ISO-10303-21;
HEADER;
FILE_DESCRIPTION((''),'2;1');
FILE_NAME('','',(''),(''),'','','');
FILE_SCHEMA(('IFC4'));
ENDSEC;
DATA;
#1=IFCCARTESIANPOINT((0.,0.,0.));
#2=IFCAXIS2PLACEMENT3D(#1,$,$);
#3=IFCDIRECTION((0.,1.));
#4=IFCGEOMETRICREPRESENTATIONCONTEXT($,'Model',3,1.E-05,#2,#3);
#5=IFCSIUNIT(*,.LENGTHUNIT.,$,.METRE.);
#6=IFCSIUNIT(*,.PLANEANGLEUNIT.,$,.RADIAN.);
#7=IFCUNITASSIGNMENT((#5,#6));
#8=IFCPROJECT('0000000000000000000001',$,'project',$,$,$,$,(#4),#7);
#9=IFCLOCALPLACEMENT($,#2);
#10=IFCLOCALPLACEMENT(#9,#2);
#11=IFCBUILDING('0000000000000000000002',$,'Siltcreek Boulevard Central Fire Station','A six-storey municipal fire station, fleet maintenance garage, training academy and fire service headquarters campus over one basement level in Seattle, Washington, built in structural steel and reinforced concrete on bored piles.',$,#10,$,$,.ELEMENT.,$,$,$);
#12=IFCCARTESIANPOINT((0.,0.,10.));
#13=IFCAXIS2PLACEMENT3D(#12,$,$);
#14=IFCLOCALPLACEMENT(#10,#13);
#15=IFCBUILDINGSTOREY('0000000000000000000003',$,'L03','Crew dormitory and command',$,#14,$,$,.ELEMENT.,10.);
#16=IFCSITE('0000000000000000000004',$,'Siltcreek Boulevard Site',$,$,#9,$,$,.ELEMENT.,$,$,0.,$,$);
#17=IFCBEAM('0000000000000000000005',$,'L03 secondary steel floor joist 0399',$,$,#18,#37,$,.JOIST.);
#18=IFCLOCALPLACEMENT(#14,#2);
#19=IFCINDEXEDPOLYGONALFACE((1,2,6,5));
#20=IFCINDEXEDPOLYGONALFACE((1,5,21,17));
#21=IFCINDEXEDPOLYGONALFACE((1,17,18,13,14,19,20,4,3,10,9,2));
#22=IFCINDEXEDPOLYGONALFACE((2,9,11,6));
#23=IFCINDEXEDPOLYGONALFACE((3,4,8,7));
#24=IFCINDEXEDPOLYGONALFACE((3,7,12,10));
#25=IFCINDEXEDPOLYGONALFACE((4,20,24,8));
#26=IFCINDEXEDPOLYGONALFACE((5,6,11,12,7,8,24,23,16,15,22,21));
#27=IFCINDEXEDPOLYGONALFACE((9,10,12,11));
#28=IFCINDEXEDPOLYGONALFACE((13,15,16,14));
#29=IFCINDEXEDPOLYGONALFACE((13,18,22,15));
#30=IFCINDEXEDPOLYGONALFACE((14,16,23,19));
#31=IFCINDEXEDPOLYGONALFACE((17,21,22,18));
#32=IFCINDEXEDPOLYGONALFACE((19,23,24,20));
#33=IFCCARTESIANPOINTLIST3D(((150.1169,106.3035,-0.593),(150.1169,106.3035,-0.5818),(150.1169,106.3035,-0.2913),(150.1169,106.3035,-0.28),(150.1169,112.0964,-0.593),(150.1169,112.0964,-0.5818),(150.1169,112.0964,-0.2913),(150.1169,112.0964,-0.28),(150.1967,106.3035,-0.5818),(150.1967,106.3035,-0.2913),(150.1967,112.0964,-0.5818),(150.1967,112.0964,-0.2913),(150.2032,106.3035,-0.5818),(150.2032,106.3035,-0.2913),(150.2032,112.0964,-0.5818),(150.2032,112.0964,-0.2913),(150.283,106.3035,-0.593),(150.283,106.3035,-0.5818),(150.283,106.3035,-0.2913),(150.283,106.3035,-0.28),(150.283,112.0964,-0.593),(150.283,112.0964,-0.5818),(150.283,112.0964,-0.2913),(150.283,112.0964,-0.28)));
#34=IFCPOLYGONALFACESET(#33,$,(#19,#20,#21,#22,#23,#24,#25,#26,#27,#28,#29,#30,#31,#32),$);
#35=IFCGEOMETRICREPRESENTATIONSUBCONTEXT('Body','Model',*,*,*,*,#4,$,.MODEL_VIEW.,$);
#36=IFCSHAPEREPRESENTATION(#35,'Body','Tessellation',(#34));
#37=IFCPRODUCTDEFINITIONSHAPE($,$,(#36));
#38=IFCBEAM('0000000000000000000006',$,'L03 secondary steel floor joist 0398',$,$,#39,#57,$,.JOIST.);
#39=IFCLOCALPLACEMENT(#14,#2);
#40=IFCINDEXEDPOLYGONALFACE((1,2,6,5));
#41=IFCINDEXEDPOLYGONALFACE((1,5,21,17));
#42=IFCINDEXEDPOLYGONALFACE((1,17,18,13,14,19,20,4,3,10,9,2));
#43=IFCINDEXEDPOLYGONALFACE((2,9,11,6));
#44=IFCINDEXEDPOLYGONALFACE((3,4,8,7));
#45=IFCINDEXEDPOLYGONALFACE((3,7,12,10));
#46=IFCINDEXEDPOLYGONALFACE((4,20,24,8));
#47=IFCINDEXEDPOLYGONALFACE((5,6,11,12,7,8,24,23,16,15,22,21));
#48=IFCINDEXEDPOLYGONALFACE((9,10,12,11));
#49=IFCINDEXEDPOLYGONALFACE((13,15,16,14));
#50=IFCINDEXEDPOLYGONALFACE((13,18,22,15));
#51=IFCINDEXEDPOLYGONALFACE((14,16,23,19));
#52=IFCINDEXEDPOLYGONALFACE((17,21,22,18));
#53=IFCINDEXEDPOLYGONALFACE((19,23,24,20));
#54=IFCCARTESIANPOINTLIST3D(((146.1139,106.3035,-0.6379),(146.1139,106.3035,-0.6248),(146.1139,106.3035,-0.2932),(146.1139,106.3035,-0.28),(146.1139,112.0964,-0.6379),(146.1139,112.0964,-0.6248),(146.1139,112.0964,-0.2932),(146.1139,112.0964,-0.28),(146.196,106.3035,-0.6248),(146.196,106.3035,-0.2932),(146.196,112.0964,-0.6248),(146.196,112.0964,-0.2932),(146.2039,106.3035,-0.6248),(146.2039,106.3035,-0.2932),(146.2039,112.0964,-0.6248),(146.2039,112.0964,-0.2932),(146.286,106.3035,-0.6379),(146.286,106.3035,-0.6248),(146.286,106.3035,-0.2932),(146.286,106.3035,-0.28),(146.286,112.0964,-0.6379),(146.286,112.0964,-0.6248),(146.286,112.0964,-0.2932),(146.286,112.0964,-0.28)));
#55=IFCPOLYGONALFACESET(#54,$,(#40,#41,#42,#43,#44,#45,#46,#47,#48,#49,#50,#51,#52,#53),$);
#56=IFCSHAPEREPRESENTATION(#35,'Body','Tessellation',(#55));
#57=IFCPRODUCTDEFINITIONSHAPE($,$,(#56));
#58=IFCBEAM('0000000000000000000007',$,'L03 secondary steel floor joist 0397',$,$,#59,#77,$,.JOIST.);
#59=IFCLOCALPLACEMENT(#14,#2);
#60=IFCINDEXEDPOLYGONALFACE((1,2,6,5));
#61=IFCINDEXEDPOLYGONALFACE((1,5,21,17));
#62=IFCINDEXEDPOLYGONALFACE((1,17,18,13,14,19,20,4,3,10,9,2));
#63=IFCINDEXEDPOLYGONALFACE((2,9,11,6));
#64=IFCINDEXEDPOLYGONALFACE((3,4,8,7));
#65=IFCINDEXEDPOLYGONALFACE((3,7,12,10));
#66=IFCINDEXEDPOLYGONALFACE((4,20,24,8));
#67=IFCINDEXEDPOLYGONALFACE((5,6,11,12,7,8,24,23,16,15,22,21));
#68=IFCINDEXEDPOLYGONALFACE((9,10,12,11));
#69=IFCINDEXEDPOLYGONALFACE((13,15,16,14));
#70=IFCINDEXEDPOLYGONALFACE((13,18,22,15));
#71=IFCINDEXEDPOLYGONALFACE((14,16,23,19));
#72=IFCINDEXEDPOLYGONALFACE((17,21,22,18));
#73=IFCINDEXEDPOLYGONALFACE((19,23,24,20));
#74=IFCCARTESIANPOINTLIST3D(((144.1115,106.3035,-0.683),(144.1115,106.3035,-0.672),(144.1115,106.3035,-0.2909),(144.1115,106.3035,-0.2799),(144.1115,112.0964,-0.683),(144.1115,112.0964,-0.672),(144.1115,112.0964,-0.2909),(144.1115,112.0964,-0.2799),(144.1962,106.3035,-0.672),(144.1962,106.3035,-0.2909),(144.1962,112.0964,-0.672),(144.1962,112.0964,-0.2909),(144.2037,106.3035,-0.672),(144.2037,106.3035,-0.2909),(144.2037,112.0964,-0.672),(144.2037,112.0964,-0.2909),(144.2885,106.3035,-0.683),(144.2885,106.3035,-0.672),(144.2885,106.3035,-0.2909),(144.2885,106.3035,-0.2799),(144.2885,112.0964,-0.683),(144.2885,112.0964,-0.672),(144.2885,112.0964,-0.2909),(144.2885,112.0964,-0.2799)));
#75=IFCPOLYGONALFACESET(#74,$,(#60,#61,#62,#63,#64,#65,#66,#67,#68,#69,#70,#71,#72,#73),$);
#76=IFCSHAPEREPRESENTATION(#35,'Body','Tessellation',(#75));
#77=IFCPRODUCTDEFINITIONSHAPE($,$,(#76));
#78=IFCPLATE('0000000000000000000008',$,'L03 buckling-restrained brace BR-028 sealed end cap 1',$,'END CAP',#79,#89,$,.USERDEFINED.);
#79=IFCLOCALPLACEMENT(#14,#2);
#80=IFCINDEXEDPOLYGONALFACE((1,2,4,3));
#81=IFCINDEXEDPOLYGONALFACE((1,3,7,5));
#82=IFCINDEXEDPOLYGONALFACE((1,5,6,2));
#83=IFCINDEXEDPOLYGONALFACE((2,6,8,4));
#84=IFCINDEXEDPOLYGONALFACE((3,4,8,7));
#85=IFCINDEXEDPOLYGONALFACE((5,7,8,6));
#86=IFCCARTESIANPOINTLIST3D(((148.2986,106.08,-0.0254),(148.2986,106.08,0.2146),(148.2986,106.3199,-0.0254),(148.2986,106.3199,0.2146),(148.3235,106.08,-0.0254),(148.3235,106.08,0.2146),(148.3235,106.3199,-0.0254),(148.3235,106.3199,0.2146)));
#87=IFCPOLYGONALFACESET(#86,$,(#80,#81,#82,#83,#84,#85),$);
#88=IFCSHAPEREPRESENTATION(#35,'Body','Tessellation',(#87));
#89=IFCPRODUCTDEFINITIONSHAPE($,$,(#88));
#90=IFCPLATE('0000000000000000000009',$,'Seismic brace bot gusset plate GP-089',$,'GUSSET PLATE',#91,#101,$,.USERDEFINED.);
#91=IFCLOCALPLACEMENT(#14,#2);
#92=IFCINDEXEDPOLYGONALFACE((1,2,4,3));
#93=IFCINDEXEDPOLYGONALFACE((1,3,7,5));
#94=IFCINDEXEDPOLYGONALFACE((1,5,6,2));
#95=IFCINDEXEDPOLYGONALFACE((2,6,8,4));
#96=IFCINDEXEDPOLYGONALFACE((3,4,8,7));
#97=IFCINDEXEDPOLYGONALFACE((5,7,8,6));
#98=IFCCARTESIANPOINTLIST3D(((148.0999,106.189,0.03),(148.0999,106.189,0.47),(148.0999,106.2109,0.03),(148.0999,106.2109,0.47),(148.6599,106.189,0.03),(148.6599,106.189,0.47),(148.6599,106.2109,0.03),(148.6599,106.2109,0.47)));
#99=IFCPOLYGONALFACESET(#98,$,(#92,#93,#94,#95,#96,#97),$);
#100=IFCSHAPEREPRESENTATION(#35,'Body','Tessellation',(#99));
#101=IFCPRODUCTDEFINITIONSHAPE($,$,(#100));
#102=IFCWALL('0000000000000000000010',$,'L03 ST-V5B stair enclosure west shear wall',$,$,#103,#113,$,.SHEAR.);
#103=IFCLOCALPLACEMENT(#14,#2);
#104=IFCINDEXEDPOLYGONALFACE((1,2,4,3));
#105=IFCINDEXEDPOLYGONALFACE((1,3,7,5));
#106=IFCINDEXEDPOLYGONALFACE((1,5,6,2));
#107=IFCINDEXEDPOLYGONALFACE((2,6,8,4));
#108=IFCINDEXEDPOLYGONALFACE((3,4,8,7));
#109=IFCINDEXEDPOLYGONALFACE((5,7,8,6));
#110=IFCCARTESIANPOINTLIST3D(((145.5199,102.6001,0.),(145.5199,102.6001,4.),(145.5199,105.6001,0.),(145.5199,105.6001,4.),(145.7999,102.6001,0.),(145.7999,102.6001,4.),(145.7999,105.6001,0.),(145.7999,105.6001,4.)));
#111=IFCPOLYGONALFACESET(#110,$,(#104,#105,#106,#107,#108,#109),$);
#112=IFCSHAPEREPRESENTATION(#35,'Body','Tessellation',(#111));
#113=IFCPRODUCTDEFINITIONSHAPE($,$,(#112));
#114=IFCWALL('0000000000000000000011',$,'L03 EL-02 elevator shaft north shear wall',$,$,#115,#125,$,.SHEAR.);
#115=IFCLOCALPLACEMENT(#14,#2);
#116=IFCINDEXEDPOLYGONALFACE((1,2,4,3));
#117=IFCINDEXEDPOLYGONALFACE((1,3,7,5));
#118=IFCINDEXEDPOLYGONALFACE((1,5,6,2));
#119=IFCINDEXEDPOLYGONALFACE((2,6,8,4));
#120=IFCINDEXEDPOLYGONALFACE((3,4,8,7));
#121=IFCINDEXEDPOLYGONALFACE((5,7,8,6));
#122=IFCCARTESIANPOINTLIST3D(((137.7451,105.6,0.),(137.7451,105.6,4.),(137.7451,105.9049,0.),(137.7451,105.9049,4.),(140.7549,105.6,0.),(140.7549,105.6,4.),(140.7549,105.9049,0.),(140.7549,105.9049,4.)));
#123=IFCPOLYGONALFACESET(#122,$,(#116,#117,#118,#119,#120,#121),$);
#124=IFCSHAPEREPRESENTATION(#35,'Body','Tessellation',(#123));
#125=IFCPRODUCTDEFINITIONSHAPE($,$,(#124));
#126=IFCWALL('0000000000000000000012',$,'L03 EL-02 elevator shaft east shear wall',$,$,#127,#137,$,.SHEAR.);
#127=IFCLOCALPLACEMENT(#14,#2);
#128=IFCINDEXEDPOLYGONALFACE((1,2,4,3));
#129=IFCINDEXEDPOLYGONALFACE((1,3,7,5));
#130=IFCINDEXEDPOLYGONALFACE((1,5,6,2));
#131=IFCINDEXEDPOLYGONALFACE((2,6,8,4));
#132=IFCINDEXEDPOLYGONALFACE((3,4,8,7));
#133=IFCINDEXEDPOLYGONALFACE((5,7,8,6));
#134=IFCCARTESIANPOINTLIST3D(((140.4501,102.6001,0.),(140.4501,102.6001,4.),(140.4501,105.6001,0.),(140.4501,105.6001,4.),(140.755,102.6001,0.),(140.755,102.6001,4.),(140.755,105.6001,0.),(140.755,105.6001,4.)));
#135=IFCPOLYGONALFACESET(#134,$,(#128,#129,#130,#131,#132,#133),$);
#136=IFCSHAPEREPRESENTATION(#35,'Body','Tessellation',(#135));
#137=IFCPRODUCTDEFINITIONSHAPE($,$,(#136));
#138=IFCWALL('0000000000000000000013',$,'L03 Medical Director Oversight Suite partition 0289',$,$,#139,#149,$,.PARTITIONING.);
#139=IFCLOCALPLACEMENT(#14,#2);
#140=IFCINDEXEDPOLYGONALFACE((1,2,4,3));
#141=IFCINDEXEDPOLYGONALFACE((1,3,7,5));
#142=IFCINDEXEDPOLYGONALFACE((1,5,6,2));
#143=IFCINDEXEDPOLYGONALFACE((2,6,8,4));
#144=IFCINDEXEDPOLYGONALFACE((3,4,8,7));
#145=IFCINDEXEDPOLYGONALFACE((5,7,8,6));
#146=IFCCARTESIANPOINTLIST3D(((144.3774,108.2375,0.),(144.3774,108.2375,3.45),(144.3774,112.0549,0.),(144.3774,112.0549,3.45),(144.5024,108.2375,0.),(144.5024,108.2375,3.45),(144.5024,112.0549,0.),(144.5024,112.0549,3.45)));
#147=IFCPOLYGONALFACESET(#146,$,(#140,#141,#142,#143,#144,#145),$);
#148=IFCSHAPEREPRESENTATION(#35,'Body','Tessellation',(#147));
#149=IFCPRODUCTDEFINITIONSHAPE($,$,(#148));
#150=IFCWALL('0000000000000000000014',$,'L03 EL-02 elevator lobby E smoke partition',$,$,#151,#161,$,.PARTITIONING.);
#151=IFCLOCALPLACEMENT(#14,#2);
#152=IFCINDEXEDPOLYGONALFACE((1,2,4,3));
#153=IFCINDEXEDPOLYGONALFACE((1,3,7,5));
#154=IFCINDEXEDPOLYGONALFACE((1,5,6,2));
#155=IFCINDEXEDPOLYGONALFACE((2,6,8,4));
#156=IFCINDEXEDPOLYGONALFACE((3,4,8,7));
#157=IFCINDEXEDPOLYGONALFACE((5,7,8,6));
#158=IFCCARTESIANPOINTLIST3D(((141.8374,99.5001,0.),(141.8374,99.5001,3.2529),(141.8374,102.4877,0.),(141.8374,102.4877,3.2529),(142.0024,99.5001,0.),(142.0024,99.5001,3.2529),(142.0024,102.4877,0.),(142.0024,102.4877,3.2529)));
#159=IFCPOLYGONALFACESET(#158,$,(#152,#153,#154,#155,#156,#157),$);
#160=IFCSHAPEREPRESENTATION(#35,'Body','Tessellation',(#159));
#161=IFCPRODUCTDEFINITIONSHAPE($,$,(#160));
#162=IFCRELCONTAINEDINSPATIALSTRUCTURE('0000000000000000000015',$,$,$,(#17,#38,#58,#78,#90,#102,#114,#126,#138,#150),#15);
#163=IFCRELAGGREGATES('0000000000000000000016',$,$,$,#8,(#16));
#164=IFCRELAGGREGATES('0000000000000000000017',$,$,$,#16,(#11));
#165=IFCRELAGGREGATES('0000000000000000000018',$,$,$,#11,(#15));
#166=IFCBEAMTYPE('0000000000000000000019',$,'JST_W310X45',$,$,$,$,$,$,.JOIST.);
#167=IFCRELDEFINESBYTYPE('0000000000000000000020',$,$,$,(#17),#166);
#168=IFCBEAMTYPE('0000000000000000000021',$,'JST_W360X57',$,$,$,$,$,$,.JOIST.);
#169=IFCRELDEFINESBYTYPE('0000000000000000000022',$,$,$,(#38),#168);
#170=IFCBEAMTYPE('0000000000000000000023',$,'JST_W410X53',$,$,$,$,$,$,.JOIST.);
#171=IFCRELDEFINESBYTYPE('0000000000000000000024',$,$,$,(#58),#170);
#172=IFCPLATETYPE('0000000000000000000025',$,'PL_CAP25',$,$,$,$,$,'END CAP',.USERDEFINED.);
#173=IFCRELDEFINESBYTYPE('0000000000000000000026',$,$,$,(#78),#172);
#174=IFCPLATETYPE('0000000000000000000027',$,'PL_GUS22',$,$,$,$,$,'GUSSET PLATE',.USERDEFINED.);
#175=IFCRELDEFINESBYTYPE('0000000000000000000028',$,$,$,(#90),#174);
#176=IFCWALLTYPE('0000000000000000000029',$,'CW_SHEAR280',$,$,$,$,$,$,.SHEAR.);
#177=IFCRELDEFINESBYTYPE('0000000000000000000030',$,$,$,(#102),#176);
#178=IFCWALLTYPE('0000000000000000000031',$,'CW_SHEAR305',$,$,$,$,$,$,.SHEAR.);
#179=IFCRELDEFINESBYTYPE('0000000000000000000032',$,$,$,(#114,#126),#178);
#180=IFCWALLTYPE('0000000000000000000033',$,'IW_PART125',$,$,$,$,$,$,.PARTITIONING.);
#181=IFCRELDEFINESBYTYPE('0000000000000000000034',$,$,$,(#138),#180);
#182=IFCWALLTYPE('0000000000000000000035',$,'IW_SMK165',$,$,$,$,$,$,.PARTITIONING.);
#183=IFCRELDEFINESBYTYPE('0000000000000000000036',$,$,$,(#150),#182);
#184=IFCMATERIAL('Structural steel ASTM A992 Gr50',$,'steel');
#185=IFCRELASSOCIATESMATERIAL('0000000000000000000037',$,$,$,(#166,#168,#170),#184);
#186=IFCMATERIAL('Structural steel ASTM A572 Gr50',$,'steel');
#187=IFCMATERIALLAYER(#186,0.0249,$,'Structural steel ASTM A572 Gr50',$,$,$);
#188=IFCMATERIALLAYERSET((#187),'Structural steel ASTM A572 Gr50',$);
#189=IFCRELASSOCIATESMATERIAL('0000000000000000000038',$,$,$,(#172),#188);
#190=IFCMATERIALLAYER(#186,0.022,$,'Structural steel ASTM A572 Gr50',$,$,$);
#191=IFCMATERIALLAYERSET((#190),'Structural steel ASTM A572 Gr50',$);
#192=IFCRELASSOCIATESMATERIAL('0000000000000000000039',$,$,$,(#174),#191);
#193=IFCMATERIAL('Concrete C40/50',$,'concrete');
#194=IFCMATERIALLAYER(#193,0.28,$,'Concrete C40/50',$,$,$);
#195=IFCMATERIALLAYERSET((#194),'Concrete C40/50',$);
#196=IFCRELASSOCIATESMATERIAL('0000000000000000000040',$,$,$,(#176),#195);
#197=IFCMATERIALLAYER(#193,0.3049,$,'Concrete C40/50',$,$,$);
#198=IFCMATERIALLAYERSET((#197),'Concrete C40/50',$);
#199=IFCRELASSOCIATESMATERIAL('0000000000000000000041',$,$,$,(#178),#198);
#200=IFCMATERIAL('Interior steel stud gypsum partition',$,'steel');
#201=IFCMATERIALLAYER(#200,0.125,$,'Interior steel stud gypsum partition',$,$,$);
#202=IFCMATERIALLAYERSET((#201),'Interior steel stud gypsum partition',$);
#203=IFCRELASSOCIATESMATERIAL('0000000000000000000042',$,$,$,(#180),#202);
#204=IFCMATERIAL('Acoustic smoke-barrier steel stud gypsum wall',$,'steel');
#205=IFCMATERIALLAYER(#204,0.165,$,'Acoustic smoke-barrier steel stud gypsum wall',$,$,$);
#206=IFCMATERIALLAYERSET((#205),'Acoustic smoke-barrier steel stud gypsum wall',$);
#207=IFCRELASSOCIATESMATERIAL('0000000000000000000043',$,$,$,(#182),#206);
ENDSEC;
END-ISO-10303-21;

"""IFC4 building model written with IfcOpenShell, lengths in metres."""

from ifc_helpers import new_model, si_unit, direction, frame, frame_2d, origin, origin_2d, place, context, subcontext, project, spatial, rectangle, i_section, extrude, material, layer, layer_set, material_profile, profile_set, type_object, element, save


model = new_model("IFC4")

# Units and contexts
model_context = context("Model", 3, precision=1e-05, world=origin(), true_north=direction((0.0, 1.0)))
body_context = subcontext(model_context, "Body", "Model", "MODEL_VIEW")
ifc_project = project(units=[si_unit("LENGTHUNIT", "METRE"), si_unit("PLANEANGLEUNIT", "RADIAN")], contexts=[model_context])

# Site, building, storey
site_placement = place(None, origin())
site = spatial("IfcSite", under=ifc_project, at=site_placement, Name="Siltcreek Boulevard Site", CompositionType="ELEMENT", RefElevation=0.0)
building_placement = place(site_placement, origin())
building = spatial("IfcBuilding", under=site, at=building_placement, Name="Siltcreek Boulevard Central Fire Station", Description="A six-storey municipal fire station, fleet maintenance garage, training academy and fire service headquarters campus over one basement level in Seattle, Washington, built in structural steel and reinforced concrete on bored piles.", CompositionType="ELEMENT")
storey_placement = place(building_placement, frame((0.0, 0.0, 10.0)))
storey = spatial("IfcBuildingStorey", under=building, at=storey_placement, Name="L03", Description="Crew dormitory and command", CompositionType="ELEMENT", Elevation=10.0)

# Shared definitions
ifc_material_1 = material(Name="Structural steel ASTM A992 Gr50", Category="steel")

# Beams
ifc_material_profile_1 = material_profile(ifc_material_1, i_section(OverallWidth=0.166, OverallDepth=0.313, WebThickness=0.0066, FlangeThickness=0.0112, at=origin_2d()), Name="W310X45")
ifc_profile_set_1 = profile_set([ifc_material_profile_1], Name="Structural steel ASTM A992 Gr50")
beam_type_1 = type_object("IfcBeamType", Name="JST_W310X45", PredefinedType="JOIST", material=ifc_profile_set_1)
beam_1_placement = place(storey_placement, frame((150.2, 106.3035, -0.4365), z_axis=(0.0, 1.0, 0.0), x_axis=(-1.0, 0.0, 0.0)))
element("IfcBeam", 1, at=beam_1_placement, inside=storey, type_object=beam_type_1, Name="L03 secondary steel floor joist 0399", PredefinedType="JOIST", context=body_context, shape_type="SweptSolid", body=[
    extrude(i_section(OverallWidth=0.166, OverallDepth=0.313, WebThickness=0.0066, FlangeThickness=0.0112, at=origin_2d()), origin(), (0.0, 0.0, 1.0), 5.793),
])
ifc_material_profile_2 = material_profile(ifc_material_1, i_section(OverallWidth=0.1721, OverallDepth=0.3579, WebThickness=0.0078, FlangeThickness=0.0132, at=origin_2d()), Name="W360X57")
ifc_profile_set_2 = profile_set([ifc_material_profile_2], Name="Structural steel ASTM A992 Gr50")
beam_type_2 = type_object("IfcBeamType", Name="JST_W360X57", PredefinedType="JOIST", material=ifc_profile_set_2)
beam_2_placement = place(storey_placement, frame((146.2, 106.3035, -0.459), z_axis=(0.0, 1.0, 0.0), x_axis=(-1.0, 0.0, 0.0)))
element("IfcBeam", 2, at=beam_2_placement, inside=storey, type_object=beam_type_2, Name="L03 secondary steel floor joist 0398", PredefinedType="JOIST", context=body_context, shape_type="SweptSolid", body=[
    extrude(i_section(OverallWidth=0.1721, OverallDepth=0.3579, WebThickness=0.0078, FlangeThickness=0.0132, at=origin_2d()), origin(), (0.0, 0.0, 1.0), 5.793),
])
ifc_material_profile_3 = material_profile(ifc_material_1, i_section(OverallWidth=0.177, OverallDepth=0.4031, WebThickness=0.0076, FlangeThickness=0.011, at=origin_2d()), Name="W410X53")
ifc_profile_set_3 = profile_set([ifc_material_profile_3], Name="Structural steel ASTM A992 Gr50")
beam_type_3 = type_object("IfcBeamType", Name="JST_W410X53", PredefinedType="JOIST", material=ifc_profile_set_3)
beam_3_placement = place(storey_placement, frame((144.2, 106.3035, -0.4814), z_axis=(0.0, 1.0, 0.0), x_axis=(-1.0, 0.0, 0.0)))
element("IfcBeam", 3, at=beam_3_placement, inside=storey, type_object=beam_type_3, Name="L03 secondary steel floor joist 0397", PredefinedType="JOIST", context=body_context, shape_type="SweptSolid", body=[
    extrude(i_section(OverallWidth=0.177, OverallDepth=0.4031, WebThickness=0.0076, FlangeThickness=0.011, at=origin_2d()), origin(), (0.0, 0.0, 1.0), 5.793),
])

# Plates
ifc_material_2 = material(Name="Structural steel ASTM A572 Gr50", Category="steel")
ifc_layer_1 = layer(ifc_material_2, 0.0249, Name="Structural steel ASTM A572 Gr50")
ifc_layer_set_1 = layer_set([ifc_layer_1], Name="Structural steel ASTM A572 Gr50")
plate_type_1 = type_object("IfcPlateType", Name="PL_CAP25", ElementType="END CAP", PredefinedType="USERDEFINED", material=ifc_layer_set_1)
plate_1_placement = place(storey_placement, frame((148.311, 106.2, -0.0254), z_axis=(0.0, 0.0, 1.0), x_axis=(1.0, 0.0, 0.0)))
element("IfcPlate", 4, at=plate_1_placement, inside=storey, type_object=plate_type_1, Name="L03 buckling-restrained brace BR-028 sealed end cap 1", ObjectType="END CAP", PredefinedType="USERDEFINED", context=body_context, shape_type="SweptSolid", body=[
    extrude(rectangle(XDim=0.0249, YDim=0.24, at=origin_2d()), origin(), (0.0, 0.0, 1.0), 0.24),
])
ifc_layer_2 = layer(ifc_material_2, 0.022, Name="Structural steel ASTM A572 Gr50")
ifc_layer_set_2 = layer_set([ifc_layer_2], Name="Structural steel ASTM A572 Gr50")
plate_type_2 = type_object("IfcPlateType", Name="PL_GUS22", ElementType="GUSSET PLATE", PredefinedType="USERDEFINED", material=ifc_layer_set_2)
plate_2_placement = place(storey_placement, frame((148.3799, 106.2, 0.03), z_axis=(0.0, 0.0, 1.0), x_axis=(1.0, 0.0, 0.0)))
element("IfcPlate", 5, at=plate_2_placement, inside=storey, type_object=plate_type_2, Name="Seismic brace bot gusset plate GP-089", ObjectType="GUSSET PLATE", PredefinedType="USERDEFINED", context=body_context, shape_type="SweptSolid", body=[
    extrude(rectangle(XDim=0.5601, YDim=0.022, at=origin_2d()), origin(), (0.0, 0.0, 1.0), 0.4399),
])

# Walls
ifc_material_3 = material(Name="Concrete C40/50", Category="concrete")
ifc_layer_3 = layer(ifc_material_3, 0.28, Name="Concrete C40/50")
ifc_layer_set_3 = layer_set([ifc_layer_3], Name="Concrete C40/50")
wall_type_1 = type_object("IfcWallType", Name="CW_SHEAR280", PredefinedType="SHEAR", material=ifc_layer_set_3)
wall_1_placement = place(storey_placement, frame((145.6599, 105.6001, 0.0), z_axis=(0.0, 0.0, 1.0), x_axis=(0.0, -1.0, 0.0)))
element("IfcWall", 6, at=wall_1_placement, inside=storey, type_object=wall_type_1, Name="L03 ST-V5B stair enclosure west shear wall", PredefinedType="SHEAR", context=body_context, shape_type="SweptSolid", body=[
    extrude(rectangle(XDim=3.0, YDim=0.28, at=frame_2d((1.5, 0.0))), origin(), (0.0, 0.0, 1.0), 4.0),
])
ifc_layer_4 = layer(ifc_material_3, 0.3049, Name="Concrete C40/50")
ifc_layer_set_4 = layer_set([ifc_layer_4], Name="Concrete C40/50")
wall_type_2 = type_object("IfcWallType", Name="CW_SHEAR305", PredefinedType="SHEAR", material=ifc_layer_set_4)
wall_2_placement = place(storey_placement, frame((140.7549, 105.7524, 0.0), z_axis=(0.0, 0.0, 1.0), x_axis=(-1.0, 0.0, 0.0)))
element("IfcWall", 7, at=wall_2_placement, inside=storey, type_object=wall_type_2, Name="L03 EL-02 elevator shaft north shear wall", PredefinedType="SHEAR", context=body_context, shape_type="SweptSolid", body=[
    extrude(rectangle(XDim=3.0098, YDim=0.3049, at=frame_2d((1.5049, 0.0))), origin(), (0.0, 0.0, 1.0), 4.0),
])
wall_3_placement = place(storey_placement, frame((140.6025, 102.6001, 0.0), z_axis=(0.0, 0.0, 1.0), x_axis=(0.0, 1.0, 0.0)))
element("IfcWall", 8, at=wall_3_placement, inside=storey, type_object=wall_type_2, Name="L03 EL-02 elevator shaft east shear wall", PredefinedType="SHEAR", context=body_context, shape_type="SweptSolid", body=[
    extrude(rectangle(XDim=3.0, YDim=0.3049, at=frame_2d((1.5, 0.0))), origin(), (0.0, 0.0, 1.0), 4.0),
])
ifc_material_4 = material(Name="Interior steel stud gypsum partition", Category="steel")
ifc_layer_5 = layer(ifc_material_4, 0.125, Name="Interior steel stud gypsum partition")
ifc_layer_set_5 = layer_set([ifc_layer_5], Name="Interior steel stud gypsum partition")
wall_type_3 = type_object("IfcWallType", Name="IW_PART125", PredefinedType="PARTITIONING", material=ifc_layer_set_5)
wall_4_placement = place(storey_placement, frame((144.4399, 108.2375, 0.0), z_axis=(0.0, 0.0, 1.0), x_axis=(0.0, 1.0, 0.0)))
element("IfcWall", 9, at=wall_4_placement, inside=storey, type_object=wall_type_3, Name="L03 Medical Director Oversight Suite partition 0289", PredefinedType="PARTITIONING", context=body_context, shape_type="SweptSolid", body=[
    extrude(rectangle(XDim=3.8174, YDim=0.125, at=frame_2d((1.9087, 0.0))), origin(), (0.0, 0.0, 1.0), 3.45),
])
ifc_material_5 = material(Name="Acoustic smoke-barrier steel stud gypsum wall", Category="steel")
ifc_layer_6 = layer(ifc_material_5, 0.165, Name="Acoustic smoke-barrier steel stud gypsum wall")
ifc_layer_set_6 = layer_set([ifc_layer_6], Name="Acoustic smoke-barrier steel stud gypsum wall")
wall_type_4 = type_object("IfcWallType", Name="IW_SMK165", PredefinedType="PARTITIONING", material=ifc_layer_set_6)
wall_5_placement = place(storey_placement, frame((141.9199, 102.4875, 0.0), z_axis=(0.0, 0.0, 1.0), x_axis=(0.0, -1.0, 0.0)))
element("IfcWall", 10, at=wall_5_placement, inside=storey, type_object=wall_type_4, Name="L03 EL-02 elevator lobby E smoke partition", PredefinedType="PARTITIONING", context=body_context, shape_type="SweptSolid", body=[
    extrude(rectangle(XDim=2.9875, YDim=0.165, at=frame_2d((1.4937, 0.0))), origin(), (0.0, 0.0, 1.0), 3.2529),
])

save(model, "model.ifc")
